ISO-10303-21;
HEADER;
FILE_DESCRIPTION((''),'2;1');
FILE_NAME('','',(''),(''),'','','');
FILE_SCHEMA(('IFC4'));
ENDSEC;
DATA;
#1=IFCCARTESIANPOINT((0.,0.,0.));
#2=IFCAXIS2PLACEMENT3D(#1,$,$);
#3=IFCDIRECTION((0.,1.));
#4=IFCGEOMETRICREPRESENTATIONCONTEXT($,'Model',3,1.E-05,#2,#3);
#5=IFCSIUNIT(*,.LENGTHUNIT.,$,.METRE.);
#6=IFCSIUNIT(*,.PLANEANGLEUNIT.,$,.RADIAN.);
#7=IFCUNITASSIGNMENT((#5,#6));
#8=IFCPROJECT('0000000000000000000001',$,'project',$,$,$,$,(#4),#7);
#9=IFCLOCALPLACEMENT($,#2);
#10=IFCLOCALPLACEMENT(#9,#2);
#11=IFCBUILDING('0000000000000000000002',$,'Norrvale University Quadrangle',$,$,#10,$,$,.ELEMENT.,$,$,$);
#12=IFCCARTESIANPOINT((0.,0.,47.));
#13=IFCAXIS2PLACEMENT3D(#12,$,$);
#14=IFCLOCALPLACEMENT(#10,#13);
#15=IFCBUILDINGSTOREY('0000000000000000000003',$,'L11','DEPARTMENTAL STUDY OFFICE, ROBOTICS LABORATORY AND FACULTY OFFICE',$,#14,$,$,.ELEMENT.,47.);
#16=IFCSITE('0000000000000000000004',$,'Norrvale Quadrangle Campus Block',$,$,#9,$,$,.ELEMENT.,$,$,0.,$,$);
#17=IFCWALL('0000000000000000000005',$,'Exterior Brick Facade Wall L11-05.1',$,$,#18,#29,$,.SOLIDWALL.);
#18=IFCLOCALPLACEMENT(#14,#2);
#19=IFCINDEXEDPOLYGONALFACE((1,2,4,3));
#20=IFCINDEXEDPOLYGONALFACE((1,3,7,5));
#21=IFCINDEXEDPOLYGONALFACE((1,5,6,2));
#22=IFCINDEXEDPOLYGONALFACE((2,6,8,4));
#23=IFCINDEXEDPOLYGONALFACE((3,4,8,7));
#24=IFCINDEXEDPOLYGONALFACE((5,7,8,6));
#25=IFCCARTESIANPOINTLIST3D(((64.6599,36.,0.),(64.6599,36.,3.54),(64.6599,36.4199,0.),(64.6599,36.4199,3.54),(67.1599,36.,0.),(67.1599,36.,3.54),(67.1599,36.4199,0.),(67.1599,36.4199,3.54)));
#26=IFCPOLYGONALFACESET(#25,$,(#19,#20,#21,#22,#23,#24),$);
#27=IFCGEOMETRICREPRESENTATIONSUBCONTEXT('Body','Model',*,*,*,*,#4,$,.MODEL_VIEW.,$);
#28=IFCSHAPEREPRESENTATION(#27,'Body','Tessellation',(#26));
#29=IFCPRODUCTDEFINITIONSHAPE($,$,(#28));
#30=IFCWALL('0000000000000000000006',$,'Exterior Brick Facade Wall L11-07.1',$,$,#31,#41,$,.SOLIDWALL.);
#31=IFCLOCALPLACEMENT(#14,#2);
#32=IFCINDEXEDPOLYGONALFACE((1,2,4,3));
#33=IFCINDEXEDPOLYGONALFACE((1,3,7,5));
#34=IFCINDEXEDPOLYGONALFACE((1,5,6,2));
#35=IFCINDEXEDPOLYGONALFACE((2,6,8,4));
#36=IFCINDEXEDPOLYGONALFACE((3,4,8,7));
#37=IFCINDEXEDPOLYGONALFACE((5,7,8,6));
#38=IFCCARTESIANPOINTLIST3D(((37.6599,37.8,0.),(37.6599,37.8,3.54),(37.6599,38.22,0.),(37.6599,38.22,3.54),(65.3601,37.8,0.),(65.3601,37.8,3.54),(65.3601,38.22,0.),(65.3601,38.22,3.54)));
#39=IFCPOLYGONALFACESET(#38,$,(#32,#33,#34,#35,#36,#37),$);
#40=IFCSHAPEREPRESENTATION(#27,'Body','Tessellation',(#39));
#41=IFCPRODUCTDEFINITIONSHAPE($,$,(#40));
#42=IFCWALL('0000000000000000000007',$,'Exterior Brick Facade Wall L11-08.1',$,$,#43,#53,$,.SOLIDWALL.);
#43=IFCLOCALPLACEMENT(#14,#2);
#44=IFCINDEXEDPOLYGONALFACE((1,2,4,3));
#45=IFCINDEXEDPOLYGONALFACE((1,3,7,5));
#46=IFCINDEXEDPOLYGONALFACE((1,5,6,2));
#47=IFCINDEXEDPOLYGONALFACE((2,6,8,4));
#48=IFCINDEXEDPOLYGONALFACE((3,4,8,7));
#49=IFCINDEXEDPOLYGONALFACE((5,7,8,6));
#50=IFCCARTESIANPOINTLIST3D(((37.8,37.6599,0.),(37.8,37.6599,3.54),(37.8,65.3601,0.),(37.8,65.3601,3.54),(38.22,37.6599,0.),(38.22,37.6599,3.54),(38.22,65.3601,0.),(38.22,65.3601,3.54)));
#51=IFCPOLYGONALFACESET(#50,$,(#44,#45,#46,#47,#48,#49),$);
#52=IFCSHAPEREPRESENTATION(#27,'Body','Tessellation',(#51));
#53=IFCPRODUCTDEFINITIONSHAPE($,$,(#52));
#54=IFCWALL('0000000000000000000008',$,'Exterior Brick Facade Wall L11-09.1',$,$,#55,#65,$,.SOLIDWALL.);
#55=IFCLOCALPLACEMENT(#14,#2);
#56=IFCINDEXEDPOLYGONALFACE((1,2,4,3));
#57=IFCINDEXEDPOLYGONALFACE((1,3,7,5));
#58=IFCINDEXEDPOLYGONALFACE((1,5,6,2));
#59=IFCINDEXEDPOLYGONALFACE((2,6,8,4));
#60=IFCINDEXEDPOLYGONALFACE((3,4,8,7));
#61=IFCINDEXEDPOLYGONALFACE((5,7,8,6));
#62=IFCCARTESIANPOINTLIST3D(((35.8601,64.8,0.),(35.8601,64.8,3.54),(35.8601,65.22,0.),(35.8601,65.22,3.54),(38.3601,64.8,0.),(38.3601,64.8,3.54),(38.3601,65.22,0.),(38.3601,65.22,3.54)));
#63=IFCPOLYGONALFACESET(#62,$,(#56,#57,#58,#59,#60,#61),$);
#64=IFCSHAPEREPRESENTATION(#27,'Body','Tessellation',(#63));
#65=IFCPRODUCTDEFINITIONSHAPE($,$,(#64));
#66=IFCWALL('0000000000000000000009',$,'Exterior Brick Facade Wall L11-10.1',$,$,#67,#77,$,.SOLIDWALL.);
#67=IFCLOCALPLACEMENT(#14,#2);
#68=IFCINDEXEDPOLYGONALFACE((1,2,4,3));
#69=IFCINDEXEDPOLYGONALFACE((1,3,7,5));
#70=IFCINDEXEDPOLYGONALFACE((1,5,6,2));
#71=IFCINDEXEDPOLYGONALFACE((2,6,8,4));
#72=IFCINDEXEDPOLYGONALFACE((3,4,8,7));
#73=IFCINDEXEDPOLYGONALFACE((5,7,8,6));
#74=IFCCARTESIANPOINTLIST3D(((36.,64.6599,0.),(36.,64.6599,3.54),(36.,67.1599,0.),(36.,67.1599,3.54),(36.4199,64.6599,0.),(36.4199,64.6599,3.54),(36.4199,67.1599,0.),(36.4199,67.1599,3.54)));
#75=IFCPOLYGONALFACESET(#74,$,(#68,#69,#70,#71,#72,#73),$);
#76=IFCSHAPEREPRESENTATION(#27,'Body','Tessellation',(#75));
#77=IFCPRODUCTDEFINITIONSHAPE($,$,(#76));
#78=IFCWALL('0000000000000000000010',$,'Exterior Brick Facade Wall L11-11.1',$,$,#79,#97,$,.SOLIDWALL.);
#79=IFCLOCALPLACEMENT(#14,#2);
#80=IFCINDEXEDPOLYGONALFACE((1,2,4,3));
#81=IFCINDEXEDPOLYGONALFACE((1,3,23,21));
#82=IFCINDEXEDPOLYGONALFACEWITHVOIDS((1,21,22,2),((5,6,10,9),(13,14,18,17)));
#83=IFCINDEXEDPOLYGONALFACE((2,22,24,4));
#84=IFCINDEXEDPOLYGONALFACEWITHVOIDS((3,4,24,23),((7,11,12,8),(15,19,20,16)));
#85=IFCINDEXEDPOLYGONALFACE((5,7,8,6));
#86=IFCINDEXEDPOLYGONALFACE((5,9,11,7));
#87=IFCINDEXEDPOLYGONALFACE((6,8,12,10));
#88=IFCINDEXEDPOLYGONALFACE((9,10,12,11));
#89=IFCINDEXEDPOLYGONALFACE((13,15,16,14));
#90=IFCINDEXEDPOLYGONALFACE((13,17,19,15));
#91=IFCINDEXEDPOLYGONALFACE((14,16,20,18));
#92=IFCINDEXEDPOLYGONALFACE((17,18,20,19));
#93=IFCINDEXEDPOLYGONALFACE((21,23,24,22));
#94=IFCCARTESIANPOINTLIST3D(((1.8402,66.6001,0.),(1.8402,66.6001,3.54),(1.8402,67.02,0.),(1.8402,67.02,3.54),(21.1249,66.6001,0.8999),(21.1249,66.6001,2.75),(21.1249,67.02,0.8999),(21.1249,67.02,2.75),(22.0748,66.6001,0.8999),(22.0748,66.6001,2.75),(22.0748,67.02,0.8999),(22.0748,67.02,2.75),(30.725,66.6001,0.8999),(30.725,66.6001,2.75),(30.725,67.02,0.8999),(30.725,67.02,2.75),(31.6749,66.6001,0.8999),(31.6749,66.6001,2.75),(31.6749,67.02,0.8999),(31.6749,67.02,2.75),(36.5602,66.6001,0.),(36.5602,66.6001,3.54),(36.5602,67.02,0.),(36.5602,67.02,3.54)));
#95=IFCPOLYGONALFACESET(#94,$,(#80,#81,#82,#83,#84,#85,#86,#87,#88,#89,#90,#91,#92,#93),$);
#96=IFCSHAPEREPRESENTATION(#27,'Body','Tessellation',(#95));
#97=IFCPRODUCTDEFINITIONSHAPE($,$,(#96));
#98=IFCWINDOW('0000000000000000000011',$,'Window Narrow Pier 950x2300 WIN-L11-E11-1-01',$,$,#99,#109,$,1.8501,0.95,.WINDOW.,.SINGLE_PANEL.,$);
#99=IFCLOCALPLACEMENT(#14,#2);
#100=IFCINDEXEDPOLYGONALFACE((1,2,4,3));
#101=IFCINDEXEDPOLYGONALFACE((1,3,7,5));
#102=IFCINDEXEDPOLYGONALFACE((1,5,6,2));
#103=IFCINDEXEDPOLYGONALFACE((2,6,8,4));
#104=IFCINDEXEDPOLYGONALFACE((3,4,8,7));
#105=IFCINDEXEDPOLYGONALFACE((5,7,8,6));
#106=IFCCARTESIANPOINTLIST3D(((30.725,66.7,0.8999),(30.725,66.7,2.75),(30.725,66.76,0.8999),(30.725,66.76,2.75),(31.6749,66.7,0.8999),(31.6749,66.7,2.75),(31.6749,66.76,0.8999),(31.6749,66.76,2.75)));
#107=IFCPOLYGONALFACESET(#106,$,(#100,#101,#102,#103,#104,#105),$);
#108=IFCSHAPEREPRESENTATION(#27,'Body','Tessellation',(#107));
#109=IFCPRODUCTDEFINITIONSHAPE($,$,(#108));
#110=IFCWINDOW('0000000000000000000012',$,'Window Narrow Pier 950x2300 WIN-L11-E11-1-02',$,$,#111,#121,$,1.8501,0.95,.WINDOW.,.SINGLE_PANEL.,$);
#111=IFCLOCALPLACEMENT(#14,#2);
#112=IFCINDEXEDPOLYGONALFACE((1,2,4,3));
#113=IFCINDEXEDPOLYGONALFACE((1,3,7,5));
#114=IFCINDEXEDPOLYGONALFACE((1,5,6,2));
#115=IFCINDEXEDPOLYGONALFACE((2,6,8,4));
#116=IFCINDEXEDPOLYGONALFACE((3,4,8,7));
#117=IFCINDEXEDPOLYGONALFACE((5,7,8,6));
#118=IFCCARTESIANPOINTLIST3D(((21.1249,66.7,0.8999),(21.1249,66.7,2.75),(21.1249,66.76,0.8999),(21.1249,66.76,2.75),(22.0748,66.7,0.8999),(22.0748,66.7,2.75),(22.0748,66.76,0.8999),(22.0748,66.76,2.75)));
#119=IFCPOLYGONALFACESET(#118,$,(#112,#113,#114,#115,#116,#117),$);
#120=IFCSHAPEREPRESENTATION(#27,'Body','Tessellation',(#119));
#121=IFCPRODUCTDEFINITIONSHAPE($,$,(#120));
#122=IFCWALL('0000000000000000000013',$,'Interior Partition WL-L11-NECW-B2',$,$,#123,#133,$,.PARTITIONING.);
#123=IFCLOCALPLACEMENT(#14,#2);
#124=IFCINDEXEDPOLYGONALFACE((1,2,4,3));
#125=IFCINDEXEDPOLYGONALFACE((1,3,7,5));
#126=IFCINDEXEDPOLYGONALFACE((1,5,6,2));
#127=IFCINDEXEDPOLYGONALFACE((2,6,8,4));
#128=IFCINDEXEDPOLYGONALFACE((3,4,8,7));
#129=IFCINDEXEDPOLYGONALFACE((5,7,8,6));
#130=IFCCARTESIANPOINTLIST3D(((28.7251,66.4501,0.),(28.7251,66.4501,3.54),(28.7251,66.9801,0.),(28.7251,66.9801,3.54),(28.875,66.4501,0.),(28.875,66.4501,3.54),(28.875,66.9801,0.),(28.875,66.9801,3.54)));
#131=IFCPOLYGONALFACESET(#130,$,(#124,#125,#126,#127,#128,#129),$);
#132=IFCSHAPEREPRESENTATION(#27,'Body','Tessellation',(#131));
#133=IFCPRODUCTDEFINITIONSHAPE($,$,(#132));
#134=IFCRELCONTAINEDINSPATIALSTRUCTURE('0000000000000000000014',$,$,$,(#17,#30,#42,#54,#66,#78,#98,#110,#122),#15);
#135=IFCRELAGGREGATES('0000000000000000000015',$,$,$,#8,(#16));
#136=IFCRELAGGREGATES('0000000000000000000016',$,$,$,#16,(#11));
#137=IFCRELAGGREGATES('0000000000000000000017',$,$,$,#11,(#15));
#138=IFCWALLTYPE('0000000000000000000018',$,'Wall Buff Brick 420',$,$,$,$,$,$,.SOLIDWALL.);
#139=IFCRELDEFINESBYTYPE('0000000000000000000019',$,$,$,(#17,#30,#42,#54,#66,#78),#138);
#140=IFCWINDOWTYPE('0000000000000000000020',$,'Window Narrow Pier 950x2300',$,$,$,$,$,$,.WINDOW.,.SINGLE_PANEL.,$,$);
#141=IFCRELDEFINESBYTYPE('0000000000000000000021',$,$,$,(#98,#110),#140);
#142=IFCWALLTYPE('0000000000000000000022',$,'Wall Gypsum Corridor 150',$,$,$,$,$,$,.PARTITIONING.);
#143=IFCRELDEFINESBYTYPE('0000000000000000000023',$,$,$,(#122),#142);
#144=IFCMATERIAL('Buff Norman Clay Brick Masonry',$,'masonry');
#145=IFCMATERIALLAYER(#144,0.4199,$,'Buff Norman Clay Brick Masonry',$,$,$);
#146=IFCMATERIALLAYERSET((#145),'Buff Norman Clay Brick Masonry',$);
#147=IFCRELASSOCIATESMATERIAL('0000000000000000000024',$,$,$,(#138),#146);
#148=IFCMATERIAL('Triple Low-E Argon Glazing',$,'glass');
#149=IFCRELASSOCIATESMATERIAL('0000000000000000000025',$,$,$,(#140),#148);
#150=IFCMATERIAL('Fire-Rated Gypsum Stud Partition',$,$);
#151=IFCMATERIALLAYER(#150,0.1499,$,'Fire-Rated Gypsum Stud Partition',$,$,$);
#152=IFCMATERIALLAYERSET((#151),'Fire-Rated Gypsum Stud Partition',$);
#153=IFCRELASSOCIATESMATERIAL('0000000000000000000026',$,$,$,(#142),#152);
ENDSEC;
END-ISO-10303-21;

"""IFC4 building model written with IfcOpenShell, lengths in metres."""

from ifc_helpers import new_model, si_unit, direction, frame, frame_2d, origin, place, context, subcontext, project, spatial, rectangle, extrude, material, layer, layer_set, type_object, element, fill, save


model = new_model("IFC4")

# Units and contexts
model_context = context("Model", 3, precision=1e-05, world=origin(), true_north=direction((0.0, 1.0)))
body_context = subcontext(model_context, "Body", "Model", "MODEL_VIEW")
ifc_project = project(units=[si_unit("LENGTHUNIT", "METRE"), si_unit("PLANEANGLEUNIT", "RADIAN")], contexts=[model_context])

# Site, building, storey
site_placement = place(None, origin())
site = spatial("IfcSite", under=ifc_project, at=site_placement, Name="Norrvale Quadrangle Campus Block", CompositionType="ELEMENT", RefElevation=0.0)
building_placement = place(site_placement, origin())
building = spatial("IfcBuilding", under=site, at=building_placement, Name="Norrvale University Quadrangle", CompositionType="ELEMENT")
storey_placement = place(building_placement, frame((0.0, 0.0, 47.0)))
storey = spatial("IfcBuildingStorey", under=building, at=storey_placement, Name="L11", Description="DEPARTMENTAL STUDY OFFICE, ROBOTICS LABORATORY AND FACULTY OFFICE", CompositionType="ELEMENT", Elevation=47.0)

# Walls
ifc_material_1 = material(Name="Buff Norman Clay Brick Masonry", Category="masonry")
ifc_layer_1 = layer(ifc_material_1, 0.4199, Name="Buff Norman Clay Brick Masonry")
ifc_layer_set_1 = layer_set([ifc_layer_1], Name="Buff Norman Clay Brick Masonry")
wall_type_1 = type_object("IfcWallType", Name="Wall Buff Brick 420", PredefinedType="SOLIDWALL", material=ifc_layer_set_1)
wall_1_placement = place(storey_placement, frame((67.1599, 36.21, 0.0), z_axis=(0.0, 0.0, 1.0), x_axis=(-1.0, 0.0, 0.0)))
element("IfcWall", 1, at=wall_1_placement, inside=storey, type_object=wall_type_1, Name="Exterior Brick Facade Wall L11-05.1", PredefinedType="SOLIDWALL", context=body_context, shape_type="SweptSolid", body=[
    extrude(rectangle(XDim=2.5, YDim=0.4199, at=frame_2d((1.25, 0.0))), origin(), (0.0, 0.0, 1.0), 3.54),
])
for number, where, z_axis, x_axis, name in (
    (2, (65.3601, 38.01, 0.0), (0.0, 0.0, 1.0), (-1.0, 0.0, 0.0), "Exterior Brick Facade Wall L11-07.1"),
    (3, (38.01, 37.6599, 0.0), (0.0, 0.0, 1.0), (0.0, 1.0, 0.0), "Exterior Brick Facade Wall L11-08.1"),
):
    element("IfcWall", number, at=place(storey_placement, frame(where, z_axis=z_axis, x_axis=x_axis)), inside=storey, type_object=wall_type_1, Name=name, PredefinedType="SOLIDWALL", context=body_context, shape_type="SweptSolid", body=[
        extrude(rectangle(XDim=27.7002, YDim=0.4199, at=frame_2d((13.8501, 0.0))), origin(), (0.0, 0.0, 1.0), 3.54),
    ])
for number, where, z_axis, x_axis, name in (
    (4, (38.3601, 65.01, 0.0), (0.0, 0.0, 1.0), (-1.0, 0.0, 0.0), "Exterior Brick Facade Wall L11-09.1"),
    (5, (36.21, 64.6599, 0.0), (0.0, 0.0, 1.0), (0.0, 1.0, 0.0), "Exterior Brick Facade Wall L11-10.1"),
):
    element("IfcWall", number, at=place(storey_placement, frame(where, z_axis=z_axis, x_axis=x_axis)), inside=storey, type_object=wall_type_1, Name=name, PredefinedType="SOLIDWALL", context=body_context, shape_type="SweptSolid", body=[
        extrude(rectangle(XDim=2.5, YDim=0.4199, at=frame_2d((1.25, 0.0))), origin(), (0.0, 0.0, 1.0), 3.54),
    ])

# Wall, openings, windows
wall_2_placement = place(storey_placement, frame((36.5601, 66.8101, 0.0), z_axis=(0.0, 0.0, 1.0), x_axis=(-1.0, 0.0, 0.0)))
wall_2 = element("IfcWall", 6, at=wall_2_placement, inside=storey, type_object=wall_type_1, Name="Exterior Brick Facade Wall L11-11.1", PredefinedType="SOLIDWALL", context=body_context, shape_type="SweptSolid", body=[
    extrude(rectangle(XDim=34.72, YDim=0.4199, at=frame_2d((17.3599, 0.0))), origin(), (0.0, 0.0, 1.0), 3.54),
])
opening_1_placement = place(wall_2_placement, frame((4.885, 0.0, 0.8999)))
opening_1 = element("IfcOpeningElement", 7, at=opening_1_placement, cuts=wall_2, PredefinedType="OPENING", context=body_context, shape_type="SweptSolid", body=[
    extrude(rectangle(XDim=0.95, YDim=1.8501, at=frame_2d((0.4751, 0.925))), frame((0.0, 0.2219, 0.0), z_axis=(0.0, -1.0, 0.0), x_axis=(1.0, 0.0, 0.0)), (0.0, 0.0, 1.0), 0.4438),
])
opening_2_placement = place(wall_2_placement, frame((14.4851, 0.0, 0.8999)))
opening_2 = element("IfcOpeningElement", 8, at=opening_2_placement, cuts=wall_2, PredefinedType="OPENING", context=body_context, shape_type="SweptSolid", body=[
    extrude(rectangle(XDim=0.95, YDim=1.8501, at=frame_2d((0.4751, 0.925))), frame((0.0, 0.2219, 0.0), z_axis=(0.0, -1.0, 0.0), x_axis=(1.0, 0.0, 0.0)), (0.0, 0.0, 1.0), 0.4438),
])
ifc_material_2 = material(Name="Triple Low-E Argon Glazing", Category="glass")
window_type = type_object("IfcWindowType", Name="Window Narrow Pier 950x2300", PartitioningType="SINGLE_PANEL", PredefinedType="WINDOW", material=ifc_material_2)
window_1_placement = place(opening_1_placement, origin())
window_1 = element("IfcWindow", 9, at=window_1_placement, inside=storey, type_object=window_type, Name="Window Narrow Pier 950x2300 WIN-L11-E11-1-01", OverallHeight=1.8501, OverallWidth=0.95, PartitioningType="SINGLE_PANEL", PredefinedType="WINDOW", context=body_context, shape_type="SweptSolid", body=[
    extrude(rectangle(XDim=0.95, YDim=1.8501, at=frame_2d((0.4751, 0.925))), frame((0.0, 0.1101, 0.0), z_axis=(0.0, -1.0, 0.0), x_axis=(1.0, 0.0, 0.0)), (0.0, 0.0, 1.0), 0.0601),
])
fill(opening_1, window_1)
window_2_placement = place(opening_2_placement, origin())
window_2 = element("IfcWindow", 10, at=window_2_placement, inside=storey, type_object=window_type, Name="Window Narrow Pier 950x2300 WIN-L11-E11-1-02", OverallHeight=1.8501, OverallWidth=0.95, PartitioningType="SINGLE_PANEL", PredefinedType="WINDOW", context=body_context, shape_type="SweptSolid", body=[
    extrude(rectangle(XDim=0.95, YDim=1.8501, at=frame_2d((0.4751, 0.925))), frame((0.0, 0.1101, 0.0), z_axis=(0.0, -1.0, 0.0), x_axis=(1.0, 0.0, 0.0)), (0.0, 0.0, 1.0), 0.0601),
])
fill(opening_2, window_2)

# Wall
ifc_material_3 = material(Name="Fire-Rated Gypsum Stud Partition")
ifc_layer_2 = layer(ifc_material_3, 0.1499, Name="Fire-Rated Gypsum Stud Partition")
ifc_layer_set_2 = layer_set([ifc_layer_2], Name="Fire-Rated Gypsum Stud Partition")
wall_type_2 = type_object("IfcWallType", Name="Wall Gypsum Corridor 150", PredefinedType="PARTITIONING", material=ifc_layer_set_2)
wall_3_placement = place(storey_placement, frame((28.8, 66.45, 0.0), z_axis=(0.0, 0.0, 1.0), x_axis=(0.0, 1.0, 0.0)))
element("IfcWall", 11, at=wall_3_placement, inside=storey, type_object=wall_type_2, Name="Interior Partition WL-L11-NECW-B2", PredefinedType="PARTITIONING", context=body_context, shape_type="SweptSolid", body=[
    extrude(rectangle(XDim=0.53, YDim=0.1499, at=frame_2d((0.2651, 0.0))), origin(), (0.0, 0.0, 1.0), 3.54),
])

save(model, "model.ifc")
